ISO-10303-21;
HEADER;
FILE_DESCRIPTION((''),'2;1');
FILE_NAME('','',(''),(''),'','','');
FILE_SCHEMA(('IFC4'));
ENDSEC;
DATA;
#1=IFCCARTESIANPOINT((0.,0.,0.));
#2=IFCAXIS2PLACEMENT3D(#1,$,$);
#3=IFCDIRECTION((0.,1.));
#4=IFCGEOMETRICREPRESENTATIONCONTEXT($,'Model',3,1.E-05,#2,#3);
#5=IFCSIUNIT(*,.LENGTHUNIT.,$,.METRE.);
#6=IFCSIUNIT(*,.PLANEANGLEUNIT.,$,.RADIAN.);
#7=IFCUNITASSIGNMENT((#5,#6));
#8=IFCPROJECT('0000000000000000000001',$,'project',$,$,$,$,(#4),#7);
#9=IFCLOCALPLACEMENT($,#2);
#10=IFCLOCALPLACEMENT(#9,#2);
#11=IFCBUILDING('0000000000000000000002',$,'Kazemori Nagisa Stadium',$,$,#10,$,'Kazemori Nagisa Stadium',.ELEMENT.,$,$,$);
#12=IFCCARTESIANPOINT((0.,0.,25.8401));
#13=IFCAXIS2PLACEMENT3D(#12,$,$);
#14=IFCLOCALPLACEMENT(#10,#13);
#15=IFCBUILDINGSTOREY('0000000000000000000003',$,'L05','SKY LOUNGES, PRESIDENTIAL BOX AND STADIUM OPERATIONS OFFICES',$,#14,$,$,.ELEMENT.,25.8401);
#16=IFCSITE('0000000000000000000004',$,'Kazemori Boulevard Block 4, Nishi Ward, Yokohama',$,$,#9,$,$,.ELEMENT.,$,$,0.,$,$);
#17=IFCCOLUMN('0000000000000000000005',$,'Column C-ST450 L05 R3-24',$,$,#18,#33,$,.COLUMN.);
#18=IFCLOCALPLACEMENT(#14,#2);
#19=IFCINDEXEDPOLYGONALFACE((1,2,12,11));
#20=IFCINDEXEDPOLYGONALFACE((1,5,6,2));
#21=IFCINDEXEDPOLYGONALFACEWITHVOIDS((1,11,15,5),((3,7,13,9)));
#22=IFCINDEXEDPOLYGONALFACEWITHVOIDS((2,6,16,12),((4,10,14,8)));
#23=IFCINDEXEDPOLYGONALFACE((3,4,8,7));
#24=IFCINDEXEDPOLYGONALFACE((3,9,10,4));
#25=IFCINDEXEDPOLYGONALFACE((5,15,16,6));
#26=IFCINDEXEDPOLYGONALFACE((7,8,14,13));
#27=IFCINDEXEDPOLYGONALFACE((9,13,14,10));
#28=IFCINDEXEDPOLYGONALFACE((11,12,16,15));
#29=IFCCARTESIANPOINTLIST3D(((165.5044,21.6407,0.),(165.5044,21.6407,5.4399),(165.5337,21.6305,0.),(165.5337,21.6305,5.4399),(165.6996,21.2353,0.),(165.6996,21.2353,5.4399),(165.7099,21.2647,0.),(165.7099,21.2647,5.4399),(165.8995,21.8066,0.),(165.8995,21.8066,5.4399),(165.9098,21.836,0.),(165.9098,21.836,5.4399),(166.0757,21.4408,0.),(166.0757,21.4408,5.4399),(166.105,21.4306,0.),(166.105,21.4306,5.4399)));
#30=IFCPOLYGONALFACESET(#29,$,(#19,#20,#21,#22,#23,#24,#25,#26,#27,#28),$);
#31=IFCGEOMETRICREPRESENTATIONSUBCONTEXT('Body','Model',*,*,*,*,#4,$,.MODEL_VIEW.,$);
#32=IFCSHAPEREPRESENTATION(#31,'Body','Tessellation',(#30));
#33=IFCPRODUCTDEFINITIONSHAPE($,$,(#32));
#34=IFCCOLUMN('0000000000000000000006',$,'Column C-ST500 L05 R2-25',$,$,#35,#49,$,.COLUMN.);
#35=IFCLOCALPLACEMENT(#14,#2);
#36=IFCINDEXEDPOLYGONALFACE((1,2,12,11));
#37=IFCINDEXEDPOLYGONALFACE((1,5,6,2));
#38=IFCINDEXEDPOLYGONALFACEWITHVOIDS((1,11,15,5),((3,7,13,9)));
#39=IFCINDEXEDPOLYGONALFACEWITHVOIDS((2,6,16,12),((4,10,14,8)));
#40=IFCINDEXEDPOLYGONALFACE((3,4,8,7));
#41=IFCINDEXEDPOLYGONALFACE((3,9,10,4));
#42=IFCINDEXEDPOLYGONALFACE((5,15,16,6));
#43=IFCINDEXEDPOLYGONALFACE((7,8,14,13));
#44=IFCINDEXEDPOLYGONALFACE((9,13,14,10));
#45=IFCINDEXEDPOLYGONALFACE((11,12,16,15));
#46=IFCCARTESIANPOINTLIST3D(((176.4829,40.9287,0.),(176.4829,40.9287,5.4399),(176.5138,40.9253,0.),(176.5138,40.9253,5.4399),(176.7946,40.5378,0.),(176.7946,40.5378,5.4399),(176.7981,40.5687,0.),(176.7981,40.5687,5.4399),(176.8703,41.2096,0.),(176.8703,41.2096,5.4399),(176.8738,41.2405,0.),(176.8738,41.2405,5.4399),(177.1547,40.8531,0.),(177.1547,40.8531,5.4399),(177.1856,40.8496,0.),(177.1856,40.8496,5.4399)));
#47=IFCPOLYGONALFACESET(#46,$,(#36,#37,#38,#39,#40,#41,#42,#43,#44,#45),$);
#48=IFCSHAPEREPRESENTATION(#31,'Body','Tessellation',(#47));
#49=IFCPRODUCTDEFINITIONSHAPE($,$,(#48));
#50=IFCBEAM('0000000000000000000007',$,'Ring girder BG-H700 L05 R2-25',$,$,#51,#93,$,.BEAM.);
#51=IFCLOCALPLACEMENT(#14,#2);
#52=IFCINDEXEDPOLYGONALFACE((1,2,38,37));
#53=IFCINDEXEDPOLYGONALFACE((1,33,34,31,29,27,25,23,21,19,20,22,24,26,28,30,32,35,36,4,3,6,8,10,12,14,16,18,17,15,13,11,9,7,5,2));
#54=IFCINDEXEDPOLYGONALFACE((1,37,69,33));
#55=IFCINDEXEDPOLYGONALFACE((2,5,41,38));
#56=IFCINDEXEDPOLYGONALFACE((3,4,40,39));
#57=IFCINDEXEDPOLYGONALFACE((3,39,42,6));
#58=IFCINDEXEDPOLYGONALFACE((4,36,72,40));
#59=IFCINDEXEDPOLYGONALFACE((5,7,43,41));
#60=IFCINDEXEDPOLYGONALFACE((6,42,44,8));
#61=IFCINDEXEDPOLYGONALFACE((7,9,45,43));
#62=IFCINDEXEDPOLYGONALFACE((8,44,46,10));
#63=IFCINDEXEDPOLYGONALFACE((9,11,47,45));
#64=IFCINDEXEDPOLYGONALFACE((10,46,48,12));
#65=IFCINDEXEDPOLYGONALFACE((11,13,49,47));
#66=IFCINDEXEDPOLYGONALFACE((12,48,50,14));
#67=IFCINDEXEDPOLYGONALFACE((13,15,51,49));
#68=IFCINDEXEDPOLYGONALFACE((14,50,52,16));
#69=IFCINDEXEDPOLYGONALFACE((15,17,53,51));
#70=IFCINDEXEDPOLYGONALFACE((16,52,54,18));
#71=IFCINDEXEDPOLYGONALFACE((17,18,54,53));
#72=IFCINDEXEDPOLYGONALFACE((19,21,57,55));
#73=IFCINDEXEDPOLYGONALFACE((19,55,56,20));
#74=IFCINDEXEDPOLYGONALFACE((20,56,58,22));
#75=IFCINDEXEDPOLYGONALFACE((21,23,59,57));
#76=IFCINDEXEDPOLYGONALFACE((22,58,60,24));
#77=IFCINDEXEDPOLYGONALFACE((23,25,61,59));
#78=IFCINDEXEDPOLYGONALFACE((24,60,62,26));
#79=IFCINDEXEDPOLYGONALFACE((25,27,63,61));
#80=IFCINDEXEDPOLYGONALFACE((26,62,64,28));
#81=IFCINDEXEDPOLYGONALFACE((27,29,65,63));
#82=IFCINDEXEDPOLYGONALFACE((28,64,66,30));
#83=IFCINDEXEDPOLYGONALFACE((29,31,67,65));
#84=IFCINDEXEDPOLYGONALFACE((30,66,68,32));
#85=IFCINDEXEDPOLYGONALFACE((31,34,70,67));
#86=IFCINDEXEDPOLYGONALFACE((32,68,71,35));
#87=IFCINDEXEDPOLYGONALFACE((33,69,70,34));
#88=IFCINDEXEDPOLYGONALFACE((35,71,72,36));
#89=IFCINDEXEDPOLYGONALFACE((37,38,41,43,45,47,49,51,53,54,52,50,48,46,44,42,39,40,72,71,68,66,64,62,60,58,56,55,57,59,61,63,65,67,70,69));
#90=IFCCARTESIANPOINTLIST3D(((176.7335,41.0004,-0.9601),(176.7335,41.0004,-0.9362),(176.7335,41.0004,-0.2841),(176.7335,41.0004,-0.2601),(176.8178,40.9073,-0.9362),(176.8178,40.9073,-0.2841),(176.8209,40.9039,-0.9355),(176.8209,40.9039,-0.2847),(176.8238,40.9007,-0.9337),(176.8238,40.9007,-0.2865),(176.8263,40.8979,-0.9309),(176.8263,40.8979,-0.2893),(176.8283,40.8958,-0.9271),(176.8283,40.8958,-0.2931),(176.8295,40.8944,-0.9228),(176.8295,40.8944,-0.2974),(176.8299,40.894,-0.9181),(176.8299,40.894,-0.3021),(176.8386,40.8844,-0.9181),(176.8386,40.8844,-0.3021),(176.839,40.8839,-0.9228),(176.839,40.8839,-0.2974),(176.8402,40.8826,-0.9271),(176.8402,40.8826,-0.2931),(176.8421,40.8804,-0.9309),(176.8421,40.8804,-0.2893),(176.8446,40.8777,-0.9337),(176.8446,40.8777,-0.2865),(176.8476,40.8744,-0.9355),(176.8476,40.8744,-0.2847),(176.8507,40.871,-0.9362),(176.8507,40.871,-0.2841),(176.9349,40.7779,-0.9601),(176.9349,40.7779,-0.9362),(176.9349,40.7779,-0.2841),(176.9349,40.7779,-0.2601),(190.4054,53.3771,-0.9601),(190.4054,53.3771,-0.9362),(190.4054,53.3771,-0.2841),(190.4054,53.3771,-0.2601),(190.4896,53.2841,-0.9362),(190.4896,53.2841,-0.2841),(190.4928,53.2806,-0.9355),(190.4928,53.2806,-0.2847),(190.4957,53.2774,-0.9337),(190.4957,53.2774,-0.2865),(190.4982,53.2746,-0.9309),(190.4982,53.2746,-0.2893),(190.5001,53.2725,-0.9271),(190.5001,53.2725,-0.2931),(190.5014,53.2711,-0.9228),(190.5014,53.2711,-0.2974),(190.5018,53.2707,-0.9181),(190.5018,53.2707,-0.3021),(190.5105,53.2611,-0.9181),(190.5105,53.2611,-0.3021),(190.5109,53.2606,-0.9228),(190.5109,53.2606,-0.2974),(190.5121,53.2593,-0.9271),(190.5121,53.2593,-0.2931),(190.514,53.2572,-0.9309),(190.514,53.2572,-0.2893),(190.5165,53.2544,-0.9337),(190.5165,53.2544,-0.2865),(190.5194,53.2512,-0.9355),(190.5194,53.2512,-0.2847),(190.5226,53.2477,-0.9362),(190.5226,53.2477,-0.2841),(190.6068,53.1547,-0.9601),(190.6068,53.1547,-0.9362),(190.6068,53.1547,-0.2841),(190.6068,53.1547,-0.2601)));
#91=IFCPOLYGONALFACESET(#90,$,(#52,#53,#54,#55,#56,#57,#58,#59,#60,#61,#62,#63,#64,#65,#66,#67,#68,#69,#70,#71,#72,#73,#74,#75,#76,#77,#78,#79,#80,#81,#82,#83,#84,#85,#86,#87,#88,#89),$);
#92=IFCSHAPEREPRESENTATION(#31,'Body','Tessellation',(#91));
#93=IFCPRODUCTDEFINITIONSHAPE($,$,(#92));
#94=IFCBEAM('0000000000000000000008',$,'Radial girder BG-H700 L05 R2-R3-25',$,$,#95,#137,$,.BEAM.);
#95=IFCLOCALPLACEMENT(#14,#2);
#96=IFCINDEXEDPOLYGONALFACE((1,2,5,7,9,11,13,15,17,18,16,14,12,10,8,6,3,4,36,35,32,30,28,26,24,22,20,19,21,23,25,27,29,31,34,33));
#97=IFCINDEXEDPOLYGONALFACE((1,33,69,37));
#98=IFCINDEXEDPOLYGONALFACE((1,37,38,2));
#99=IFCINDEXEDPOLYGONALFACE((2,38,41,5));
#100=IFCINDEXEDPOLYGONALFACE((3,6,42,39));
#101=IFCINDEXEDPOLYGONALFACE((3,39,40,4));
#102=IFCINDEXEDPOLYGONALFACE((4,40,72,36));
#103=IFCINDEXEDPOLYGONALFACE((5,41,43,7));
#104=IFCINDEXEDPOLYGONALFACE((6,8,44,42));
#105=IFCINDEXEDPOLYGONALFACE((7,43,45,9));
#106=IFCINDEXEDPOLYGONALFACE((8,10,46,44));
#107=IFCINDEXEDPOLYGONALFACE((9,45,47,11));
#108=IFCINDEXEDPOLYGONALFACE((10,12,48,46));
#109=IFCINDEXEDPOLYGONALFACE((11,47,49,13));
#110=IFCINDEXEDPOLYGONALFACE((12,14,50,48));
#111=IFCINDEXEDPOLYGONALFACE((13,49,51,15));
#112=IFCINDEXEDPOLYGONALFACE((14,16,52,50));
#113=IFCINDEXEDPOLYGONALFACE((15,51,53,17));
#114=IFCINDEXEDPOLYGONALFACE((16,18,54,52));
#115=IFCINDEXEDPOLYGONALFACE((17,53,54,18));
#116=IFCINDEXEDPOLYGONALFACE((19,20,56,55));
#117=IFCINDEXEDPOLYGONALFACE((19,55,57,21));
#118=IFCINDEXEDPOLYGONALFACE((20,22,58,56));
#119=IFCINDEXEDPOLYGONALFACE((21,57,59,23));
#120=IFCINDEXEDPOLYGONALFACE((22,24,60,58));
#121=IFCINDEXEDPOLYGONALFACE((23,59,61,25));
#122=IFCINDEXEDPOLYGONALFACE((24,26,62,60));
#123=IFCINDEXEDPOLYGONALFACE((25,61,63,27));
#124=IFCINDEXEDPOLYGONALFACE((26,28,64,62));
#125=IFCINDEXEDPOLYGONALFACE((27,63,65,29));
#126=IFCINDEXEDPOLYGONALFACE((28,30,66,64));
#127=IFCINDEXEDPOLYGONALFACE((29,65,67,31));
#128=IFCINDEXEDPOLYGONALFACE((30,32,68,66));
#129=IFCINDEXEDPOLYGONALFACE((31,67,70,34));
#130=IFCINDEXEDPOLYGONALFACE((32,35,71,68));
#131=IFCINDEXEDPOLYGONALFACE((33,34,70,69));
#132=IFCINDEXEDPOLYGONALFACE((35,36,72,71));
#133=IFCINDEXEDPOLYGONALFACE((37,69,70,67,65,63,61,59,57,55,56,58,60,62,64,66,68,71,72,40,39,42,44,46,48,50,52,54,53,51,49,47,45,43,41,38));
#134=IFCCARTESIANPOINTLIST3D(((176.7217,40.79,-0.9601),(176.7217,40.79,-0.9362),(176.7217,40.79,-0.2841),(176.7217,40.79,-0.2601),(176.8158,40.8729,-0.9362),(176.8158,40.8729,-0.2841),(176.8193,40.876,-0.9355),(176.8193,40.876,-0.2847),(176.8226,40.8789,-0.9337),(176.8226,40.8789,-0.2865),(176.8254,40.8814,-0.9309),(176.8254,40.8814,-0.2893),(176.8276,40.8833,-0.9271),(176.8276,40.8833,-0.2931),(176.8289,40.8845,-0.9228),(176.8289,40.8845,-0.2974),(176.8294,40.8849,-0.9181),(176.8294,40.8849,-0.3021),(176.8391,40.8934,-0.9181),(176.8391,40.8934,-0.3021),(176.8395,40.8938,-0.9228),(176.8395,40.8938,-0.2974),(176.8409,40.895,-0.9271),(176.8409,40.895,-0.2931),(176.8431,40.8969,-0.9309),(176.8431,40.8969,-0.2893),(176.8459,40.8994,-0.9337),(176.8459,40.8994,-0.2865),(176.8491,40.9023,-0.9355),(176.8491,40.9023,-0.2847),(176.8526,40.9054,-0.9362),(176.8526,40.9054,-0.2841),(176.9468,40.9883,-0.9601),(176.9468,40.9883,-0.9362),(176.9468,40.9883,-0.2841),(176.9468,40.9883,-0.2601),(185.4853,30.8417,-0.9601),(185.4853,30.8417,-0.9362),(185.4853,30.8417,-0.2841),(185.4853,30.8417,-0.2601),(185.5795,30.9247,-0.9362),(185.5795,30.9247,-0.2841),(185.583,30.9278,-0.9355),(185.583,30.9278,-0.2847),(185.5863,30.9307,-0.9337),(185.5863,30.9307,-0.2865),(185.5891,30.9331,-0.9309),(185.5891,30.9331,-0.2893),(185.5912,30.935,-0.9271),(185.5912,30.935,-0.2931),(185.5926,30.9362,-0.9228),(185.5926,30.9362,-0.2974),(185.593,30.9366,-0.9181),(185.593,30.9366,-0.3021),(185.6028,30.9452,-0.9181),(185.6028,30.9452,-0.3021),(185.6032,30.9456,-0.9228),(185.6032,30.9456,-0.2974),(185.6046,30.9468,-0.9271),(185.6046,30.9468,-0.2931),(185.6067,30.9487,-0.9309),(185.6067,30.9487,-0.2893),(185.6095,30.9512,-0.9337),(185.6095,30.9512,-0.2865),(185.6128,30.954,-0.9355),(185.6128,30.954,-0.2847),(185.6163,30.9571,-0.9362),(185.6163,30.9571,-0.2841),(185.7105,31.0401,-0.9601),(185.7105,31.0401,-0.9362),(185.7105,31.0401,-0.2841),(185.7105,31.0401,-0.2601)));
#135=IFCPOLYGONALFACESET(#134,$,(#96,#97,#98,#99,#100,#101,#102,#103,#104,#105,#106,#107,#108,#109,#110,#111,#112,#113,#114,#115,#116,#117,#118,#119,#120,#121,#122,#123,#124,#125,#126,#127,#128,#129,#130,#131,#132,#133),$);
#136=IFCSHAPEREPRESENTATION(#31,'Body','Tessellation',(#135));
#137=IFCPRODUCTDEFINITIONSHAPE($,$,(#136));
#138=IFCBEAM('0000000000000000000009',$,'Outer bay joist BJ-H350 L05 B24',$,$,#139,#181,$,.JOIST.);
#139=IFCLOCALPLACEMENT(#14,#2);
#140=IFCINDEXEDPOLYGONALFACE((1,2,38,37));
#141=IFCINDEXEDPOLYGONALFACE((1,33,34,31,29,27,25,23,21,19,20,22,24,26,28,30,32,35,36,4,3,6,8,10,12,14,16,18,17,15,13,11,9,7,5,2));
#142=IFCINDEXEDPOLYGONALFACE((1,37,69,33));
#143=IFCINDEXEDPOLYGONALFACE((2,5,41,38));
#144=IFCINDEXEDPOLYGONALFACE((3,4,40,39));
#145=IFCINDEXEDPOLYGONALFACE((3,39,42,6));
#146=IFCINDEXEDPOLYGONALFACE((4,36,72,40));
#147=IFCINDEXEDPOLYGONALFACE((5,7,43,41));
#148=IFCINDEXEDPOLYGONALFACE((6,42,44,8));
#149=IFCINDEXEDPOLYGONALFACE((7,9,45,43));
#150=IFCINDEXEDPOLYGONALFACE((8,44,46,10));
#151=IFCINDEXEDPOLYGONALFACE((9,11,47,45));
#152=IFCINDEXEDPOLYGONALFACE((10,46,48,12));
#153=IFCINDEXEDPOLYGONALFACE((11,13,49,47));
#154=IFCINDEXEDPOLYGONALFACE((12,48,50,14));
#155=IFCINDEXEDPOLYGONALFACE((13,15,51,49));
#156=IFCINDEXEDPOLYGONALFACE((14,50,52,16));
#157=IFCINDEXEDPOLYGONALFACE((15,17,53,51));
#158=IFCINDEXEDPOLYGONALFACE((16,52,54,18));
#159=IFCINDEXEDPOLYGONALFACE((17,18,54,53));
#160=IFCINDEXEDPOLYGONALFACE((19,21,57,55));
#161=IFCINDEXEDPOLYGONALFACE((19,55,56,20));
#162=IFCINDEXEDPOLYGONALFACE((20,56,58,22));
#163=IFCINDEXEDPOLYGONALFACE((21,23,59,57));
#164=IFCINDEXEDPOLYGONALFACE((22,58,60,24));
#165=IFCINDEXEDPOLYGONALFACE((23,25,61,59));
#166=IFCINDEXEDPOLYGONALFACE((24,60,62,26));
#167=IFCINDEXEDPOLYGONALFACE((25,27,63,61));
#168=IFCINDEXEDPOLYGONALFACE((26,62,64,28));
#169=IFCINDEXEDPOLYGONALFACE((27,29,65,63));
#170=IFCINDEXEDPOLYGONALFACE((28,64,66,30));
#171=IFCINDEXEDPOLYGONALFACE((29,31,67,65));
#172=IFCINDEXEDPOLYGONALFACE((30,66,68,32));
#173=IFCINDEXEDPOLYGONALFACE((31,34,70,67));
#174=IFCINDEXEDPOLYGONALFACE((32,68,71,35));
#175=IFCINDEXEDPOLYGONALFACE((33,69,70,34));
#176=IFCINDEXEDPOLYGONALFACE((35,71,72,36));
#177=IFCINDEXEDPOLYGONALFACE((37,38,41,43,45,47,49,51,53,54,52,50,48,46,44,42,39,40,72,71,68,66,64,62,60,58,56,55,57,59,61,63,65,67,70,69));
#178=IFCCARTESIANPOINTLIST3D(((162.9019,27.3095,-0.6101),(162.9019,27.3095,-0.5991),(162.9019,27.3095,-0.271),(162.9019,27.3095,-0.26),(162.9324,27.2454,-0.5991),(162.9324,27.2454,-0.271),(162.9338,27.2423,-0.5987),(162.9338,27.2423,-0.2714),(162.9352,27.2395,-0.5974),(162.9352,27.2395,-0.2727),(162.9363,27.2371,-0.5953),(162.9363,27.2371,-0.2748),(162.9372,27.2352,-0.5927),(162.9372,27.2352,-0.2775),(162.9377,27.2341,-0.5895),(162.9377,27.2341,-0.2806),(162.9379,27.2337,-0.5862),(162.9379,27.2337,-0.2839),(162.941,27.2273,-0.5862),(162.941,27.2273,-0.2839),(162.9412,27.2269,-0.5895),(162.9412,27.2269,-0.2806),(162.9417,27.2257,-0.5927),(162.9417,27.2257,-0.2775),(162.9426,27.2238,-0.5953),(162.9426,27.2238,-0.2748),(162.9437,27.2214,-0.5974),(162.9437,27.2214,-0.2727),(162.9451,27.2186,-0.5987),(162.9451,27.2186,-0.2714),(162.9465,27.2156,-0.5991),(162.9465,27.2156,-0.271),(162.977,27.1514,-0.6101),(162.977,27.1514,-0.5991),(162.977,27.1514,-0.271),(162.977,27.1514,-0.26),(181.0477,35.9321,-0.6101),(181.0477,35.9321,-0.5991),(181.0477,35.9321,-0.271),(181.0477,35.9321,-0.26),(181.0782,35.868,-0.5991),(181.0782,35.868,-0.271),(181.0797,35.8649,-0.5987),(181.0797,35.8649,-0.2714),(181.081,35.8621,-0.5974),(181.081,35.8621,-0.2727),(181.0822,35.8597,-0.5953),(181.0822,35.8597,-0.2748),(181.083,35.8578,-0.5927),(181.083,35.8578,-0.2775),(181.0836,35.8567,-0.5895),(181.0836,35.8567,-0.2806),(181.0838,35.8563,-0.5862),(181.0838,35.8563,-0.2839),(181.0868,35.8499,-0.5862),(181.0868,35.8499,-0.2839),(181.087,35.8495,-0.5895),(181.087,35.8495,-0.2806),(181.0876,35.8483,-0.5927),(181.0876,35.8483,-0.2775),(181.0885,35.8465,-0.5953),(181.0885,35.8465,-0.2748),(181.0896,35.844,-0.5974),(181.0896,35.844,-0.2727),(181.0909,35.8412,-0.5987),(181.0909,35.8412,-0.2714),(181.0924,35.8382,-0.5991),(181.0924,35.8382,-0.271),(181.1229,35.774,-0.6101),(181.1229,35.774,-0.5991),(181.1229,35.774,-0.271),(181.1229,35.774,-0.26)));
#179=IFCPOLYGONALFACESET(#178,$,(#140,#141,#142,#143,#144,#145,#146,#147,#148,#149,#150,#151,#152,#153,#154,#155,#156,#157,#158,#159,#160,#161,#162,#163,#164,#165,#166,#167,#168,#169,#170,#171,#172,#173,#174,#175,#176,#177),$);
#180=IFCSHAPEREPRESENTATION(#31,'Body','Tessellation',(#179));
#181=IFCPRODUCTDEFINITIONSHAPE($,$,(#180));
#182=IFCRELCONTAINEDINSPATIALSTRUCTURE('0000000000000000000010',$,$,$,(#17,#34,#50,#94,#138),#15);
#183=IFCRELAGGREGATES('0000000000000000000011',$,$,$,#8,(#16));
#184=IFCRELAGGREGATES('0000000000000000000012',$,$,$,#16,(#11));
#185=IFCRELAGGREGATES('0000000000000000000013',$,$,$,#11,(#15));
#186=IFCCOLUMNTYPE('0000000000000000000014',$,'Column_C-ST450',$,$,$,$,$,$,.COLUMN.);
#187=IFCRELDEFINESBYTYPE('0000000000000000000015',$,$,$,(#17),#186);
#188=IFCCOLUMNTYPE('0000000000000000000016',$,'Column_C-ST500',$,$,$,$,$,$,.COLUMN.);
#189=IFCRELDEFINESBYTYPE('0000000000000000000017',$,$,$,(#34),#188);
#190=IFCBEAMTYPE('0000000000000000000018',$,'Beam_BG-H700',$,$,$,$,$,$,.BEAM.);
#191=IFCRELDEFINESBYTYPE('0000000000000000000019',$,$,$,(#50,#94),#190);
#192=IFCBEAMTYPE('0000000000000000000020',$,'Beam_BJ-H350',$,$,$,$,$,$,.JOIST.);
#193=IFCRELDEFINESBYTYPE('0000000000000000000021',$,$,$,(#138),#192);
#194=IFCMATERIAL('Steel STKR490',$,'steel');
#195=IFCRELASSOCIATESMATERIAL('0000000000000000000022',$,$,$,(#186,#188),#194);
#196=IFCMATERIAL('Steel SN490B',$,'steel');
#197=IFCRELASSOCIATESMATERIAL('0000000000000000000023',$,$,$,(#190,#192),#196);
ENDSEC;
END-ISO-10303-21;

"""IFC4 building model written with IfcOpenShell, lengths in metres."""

from ifc_helpers import new_model, si_unit, direction, frame, origin, origin_2d, place, context, subcontext, project, spatial, hollow_rectangle, i_section, extrude, material, material_profile, profile_set, type_object, element, save


model = new_model("IFC4")

# Units and contexts
model_context = context("Model", 3, precision=1e-05, world=origin(), true_north=direction((0.0, 1.0)))
body_context = subcontext(model_context, "Body", "Model", "MODEL_VIEW")
ifc_project = project(units=[si_unit("LENGTHUNIT", "METRE"), si_unit("PLANEANGLEUNIT", "RADIAN")], contexts=[model_context])

# Site, building, storey
site_placement = place(None, origin())
site = spatial("IfcSite", under=ifc_project, at=site_placement, Name="Kazemori Boulevard Block 4, Nishi Ward, Yokohama", CompositionType="ELEMENT", RefElevation=0.0)
building_placement = place(site_placement, origin())
building = spatial("IfcBuilding", under=site, at=building_placement, Name="Kazemori Nagisa Stadium", LongName="Kazemori Nagisa Stadium", CompositionType="ELEMENT")
storey_placement = place(building_placement, frame((0.0, 0.0, 25.8401)))
storey = spatial("IfcBuildingStorey", under=building, at=storey_placement, Name="L05", Description="SKY LOUNGES, PRESIDENTIAL BOX AND STADIUM OPERATIONS OFFICES", CompositionType="ELEMENT", Elevation=25.8401)

# Columns
ifc_material_1 = material(Name="Steel STKR490", Category="steel")
ifc_material_profile_1 = material_profile(ifc_material_1, hollow_rectangle(XDim=0.45, YDim=0.45, WallThickness=0.022, at=origin_2d()), Name="SHS-450x450x22")
ifc_profile_set_1 = profile_set([ifc_material_profile_1], Name="Steel STKR490")
column_type_1 = type_object("IfcColumnType", Name="Column_C-ST450", PredefinedType="COLUMN", material=ifc_profile_set_1)
column_1_placement = place(storey_placement, frame((165.8047, 21.5356, 0.0), z_axis=(0.0, 0.0, 1.0), x_axis=(0.433884, -0.900969, 0.0)))
element("IfcColumn", 1, at=column_1_placement, inside=storey, type_object=column_type_1, Name="Column C-ST450 L05 R3-24", PredefinedType="COLUMN", context=body_context, shape_type="SweptSolid", body=[
    extrude(hollow_rectangle(XDim=0.45, YDim=0.45, WallThickness=0.022, at=origin_2d()), origin(), (0.0, 0.0, 1.0), 5.4399),
])
ifc_material_profile_2 = material_profile(ifc_material_1, hollow_rectangle(XDim=0.5, YDim=0.5, WallThickness=0.022, at=origin_2d()), Name="SHS-500x500x22")
ifc_profile_set_2 = profile_set([ifc_material_profile_2], Name="Steel STKR490")
column_type_2 = type_object("IfcColumnType", Name="Column_C-ST500", PredefinedType="COLUMN", material=ifc_profile_set_2)
column_2_placement = place(storey_placement, frame((176.8342, 40.8892, 0.0), z_axis=(0.0, 0.0, 1.0), x_axis=(0.62349, -0.781831, 0.0)))
element("IfcColumn", 2, at=column_2_placement, inside=storey, type_object=column_type_2, Name="Column C-ST500 L05 R2-25", PredefinedType="COLUMN", context=body_context, shape_type="SweptSolid", body=[
    extrude(hollow_rectangle(XDim=0.5, YDim=0.5, WallThickness=0.022, at=origin_2d()), origin(), (0.0, 0.0, 1.0), 5.4399),
])

# Beams
ifc_material_2 = material(Name="Steel SN490B", Category="steel")
ifc_material_profile_3 = material_profile(ifc_material_2, i_section(OverallWidth=0.3, OverallDepth=0.7, WebThickness=0.0129, FlangeThickness=0.0239, FilletRadius=0.0181, at=origin_2d()), Name="H-700x300x13x24")
ifc_profile_set_3 = profile_set([ifc_material_profile_3], Name="Steel SN490B")
beam_type_1 = type_object("IfcBeamType", Name="Beam_BG-H700", PredefinedType="BEAM", material=ifc_profile_set_3)
beam_1_placement = place(storey_placement, frame((176.8342, 40.8892, -0.6101), z_axis=(0.741349, 0.67112, 0.0), x_axis=(-0.67112, 0.741349, 0.0)))
element("IfcBeam", 3, at=beam_1_placement, inside=storey, type_object=beam_type_1, Name="Ring girder BG-H700 L05 R2-25", PredefinedType="BEAM", context=body_context, shape_type="SweptSolid", body=[
    extrude(i_section(OverallWidth=0.3, OverallDepth=0.7, WebThickness=0.0129, FlangeThickness=0.0239, FilletRadius=0.0181, at=origin_2d()), origin(), (0.0, 0.0, 1.0), 18.4419),
])
beam_2_placement = place(storey_placement, frame((176.8342, 40.8892, -0.6101), z_axis=(0.66102, -0.750369, 0.0), x_axis=(0.750369, 0.66102, 0.0)))
element("IfcBeam", 4, at=beam_2_placement, inside=storey, type_object=beam_type_1, Name="Radial girder BG-H700 L05 R2-R3-25", PredefinedType="BEAM", context=body_context, shape_type="SweptSolid", body=[
    extrude(i_section(OverallWidth=0.3, OverallDepth=0.7, WebThickness=0.0129, FlangeThickness=0.0239, FilletRadius=0.0181, at=origin_2d()), origin(), (0.0, 0.0, 1.0), 13.2578),
])
ifc_material_profile_4 = material_profile(ifc_material_2, i_section(OverallWidth=0.175, OverallDepth=0.3501, WebThickness=0.0071, FlangeThickness=0.011, FilletRadius=0.0129, at=origin_2d()), Name="H-350x175x7x11")
ifc_profile_set_4 = profile_set([ifc_material_profile_4], Name="Steel SN490B")
beam_type_2 = type_object("IfcBeamType", Name="Beam_BJ-H350", PredefinedType="JOIST", material=ifc_profile_set_4)
beam_3_placement = place(storey_placement, frame((162.9395, 27.2305, -0.4351), z_axis=(0.903213, 0.429192, 0.0), x_axis=(-0.429192, 0.903213, 0.0)))
element("IfcBeam", 5, at=beam_3_placement, inside=storey, type_object=beam_type_2, Name="Outer bay joist BJ-H350 L05 B24", PredefinedType="JOIST", context=body_context, shape_type="SweptSolid", body=[
    extrude(i_section(OverallWidth=0.175, OverallDepth=0.3501, WebThickness=0.0071, FlangeThickness=0.011, FilletRadius=0.0129, at=origin_2d()), origin(), (0.0, 0.0, 1.0), 20.0903),
])

save(model, "model.ifc")
